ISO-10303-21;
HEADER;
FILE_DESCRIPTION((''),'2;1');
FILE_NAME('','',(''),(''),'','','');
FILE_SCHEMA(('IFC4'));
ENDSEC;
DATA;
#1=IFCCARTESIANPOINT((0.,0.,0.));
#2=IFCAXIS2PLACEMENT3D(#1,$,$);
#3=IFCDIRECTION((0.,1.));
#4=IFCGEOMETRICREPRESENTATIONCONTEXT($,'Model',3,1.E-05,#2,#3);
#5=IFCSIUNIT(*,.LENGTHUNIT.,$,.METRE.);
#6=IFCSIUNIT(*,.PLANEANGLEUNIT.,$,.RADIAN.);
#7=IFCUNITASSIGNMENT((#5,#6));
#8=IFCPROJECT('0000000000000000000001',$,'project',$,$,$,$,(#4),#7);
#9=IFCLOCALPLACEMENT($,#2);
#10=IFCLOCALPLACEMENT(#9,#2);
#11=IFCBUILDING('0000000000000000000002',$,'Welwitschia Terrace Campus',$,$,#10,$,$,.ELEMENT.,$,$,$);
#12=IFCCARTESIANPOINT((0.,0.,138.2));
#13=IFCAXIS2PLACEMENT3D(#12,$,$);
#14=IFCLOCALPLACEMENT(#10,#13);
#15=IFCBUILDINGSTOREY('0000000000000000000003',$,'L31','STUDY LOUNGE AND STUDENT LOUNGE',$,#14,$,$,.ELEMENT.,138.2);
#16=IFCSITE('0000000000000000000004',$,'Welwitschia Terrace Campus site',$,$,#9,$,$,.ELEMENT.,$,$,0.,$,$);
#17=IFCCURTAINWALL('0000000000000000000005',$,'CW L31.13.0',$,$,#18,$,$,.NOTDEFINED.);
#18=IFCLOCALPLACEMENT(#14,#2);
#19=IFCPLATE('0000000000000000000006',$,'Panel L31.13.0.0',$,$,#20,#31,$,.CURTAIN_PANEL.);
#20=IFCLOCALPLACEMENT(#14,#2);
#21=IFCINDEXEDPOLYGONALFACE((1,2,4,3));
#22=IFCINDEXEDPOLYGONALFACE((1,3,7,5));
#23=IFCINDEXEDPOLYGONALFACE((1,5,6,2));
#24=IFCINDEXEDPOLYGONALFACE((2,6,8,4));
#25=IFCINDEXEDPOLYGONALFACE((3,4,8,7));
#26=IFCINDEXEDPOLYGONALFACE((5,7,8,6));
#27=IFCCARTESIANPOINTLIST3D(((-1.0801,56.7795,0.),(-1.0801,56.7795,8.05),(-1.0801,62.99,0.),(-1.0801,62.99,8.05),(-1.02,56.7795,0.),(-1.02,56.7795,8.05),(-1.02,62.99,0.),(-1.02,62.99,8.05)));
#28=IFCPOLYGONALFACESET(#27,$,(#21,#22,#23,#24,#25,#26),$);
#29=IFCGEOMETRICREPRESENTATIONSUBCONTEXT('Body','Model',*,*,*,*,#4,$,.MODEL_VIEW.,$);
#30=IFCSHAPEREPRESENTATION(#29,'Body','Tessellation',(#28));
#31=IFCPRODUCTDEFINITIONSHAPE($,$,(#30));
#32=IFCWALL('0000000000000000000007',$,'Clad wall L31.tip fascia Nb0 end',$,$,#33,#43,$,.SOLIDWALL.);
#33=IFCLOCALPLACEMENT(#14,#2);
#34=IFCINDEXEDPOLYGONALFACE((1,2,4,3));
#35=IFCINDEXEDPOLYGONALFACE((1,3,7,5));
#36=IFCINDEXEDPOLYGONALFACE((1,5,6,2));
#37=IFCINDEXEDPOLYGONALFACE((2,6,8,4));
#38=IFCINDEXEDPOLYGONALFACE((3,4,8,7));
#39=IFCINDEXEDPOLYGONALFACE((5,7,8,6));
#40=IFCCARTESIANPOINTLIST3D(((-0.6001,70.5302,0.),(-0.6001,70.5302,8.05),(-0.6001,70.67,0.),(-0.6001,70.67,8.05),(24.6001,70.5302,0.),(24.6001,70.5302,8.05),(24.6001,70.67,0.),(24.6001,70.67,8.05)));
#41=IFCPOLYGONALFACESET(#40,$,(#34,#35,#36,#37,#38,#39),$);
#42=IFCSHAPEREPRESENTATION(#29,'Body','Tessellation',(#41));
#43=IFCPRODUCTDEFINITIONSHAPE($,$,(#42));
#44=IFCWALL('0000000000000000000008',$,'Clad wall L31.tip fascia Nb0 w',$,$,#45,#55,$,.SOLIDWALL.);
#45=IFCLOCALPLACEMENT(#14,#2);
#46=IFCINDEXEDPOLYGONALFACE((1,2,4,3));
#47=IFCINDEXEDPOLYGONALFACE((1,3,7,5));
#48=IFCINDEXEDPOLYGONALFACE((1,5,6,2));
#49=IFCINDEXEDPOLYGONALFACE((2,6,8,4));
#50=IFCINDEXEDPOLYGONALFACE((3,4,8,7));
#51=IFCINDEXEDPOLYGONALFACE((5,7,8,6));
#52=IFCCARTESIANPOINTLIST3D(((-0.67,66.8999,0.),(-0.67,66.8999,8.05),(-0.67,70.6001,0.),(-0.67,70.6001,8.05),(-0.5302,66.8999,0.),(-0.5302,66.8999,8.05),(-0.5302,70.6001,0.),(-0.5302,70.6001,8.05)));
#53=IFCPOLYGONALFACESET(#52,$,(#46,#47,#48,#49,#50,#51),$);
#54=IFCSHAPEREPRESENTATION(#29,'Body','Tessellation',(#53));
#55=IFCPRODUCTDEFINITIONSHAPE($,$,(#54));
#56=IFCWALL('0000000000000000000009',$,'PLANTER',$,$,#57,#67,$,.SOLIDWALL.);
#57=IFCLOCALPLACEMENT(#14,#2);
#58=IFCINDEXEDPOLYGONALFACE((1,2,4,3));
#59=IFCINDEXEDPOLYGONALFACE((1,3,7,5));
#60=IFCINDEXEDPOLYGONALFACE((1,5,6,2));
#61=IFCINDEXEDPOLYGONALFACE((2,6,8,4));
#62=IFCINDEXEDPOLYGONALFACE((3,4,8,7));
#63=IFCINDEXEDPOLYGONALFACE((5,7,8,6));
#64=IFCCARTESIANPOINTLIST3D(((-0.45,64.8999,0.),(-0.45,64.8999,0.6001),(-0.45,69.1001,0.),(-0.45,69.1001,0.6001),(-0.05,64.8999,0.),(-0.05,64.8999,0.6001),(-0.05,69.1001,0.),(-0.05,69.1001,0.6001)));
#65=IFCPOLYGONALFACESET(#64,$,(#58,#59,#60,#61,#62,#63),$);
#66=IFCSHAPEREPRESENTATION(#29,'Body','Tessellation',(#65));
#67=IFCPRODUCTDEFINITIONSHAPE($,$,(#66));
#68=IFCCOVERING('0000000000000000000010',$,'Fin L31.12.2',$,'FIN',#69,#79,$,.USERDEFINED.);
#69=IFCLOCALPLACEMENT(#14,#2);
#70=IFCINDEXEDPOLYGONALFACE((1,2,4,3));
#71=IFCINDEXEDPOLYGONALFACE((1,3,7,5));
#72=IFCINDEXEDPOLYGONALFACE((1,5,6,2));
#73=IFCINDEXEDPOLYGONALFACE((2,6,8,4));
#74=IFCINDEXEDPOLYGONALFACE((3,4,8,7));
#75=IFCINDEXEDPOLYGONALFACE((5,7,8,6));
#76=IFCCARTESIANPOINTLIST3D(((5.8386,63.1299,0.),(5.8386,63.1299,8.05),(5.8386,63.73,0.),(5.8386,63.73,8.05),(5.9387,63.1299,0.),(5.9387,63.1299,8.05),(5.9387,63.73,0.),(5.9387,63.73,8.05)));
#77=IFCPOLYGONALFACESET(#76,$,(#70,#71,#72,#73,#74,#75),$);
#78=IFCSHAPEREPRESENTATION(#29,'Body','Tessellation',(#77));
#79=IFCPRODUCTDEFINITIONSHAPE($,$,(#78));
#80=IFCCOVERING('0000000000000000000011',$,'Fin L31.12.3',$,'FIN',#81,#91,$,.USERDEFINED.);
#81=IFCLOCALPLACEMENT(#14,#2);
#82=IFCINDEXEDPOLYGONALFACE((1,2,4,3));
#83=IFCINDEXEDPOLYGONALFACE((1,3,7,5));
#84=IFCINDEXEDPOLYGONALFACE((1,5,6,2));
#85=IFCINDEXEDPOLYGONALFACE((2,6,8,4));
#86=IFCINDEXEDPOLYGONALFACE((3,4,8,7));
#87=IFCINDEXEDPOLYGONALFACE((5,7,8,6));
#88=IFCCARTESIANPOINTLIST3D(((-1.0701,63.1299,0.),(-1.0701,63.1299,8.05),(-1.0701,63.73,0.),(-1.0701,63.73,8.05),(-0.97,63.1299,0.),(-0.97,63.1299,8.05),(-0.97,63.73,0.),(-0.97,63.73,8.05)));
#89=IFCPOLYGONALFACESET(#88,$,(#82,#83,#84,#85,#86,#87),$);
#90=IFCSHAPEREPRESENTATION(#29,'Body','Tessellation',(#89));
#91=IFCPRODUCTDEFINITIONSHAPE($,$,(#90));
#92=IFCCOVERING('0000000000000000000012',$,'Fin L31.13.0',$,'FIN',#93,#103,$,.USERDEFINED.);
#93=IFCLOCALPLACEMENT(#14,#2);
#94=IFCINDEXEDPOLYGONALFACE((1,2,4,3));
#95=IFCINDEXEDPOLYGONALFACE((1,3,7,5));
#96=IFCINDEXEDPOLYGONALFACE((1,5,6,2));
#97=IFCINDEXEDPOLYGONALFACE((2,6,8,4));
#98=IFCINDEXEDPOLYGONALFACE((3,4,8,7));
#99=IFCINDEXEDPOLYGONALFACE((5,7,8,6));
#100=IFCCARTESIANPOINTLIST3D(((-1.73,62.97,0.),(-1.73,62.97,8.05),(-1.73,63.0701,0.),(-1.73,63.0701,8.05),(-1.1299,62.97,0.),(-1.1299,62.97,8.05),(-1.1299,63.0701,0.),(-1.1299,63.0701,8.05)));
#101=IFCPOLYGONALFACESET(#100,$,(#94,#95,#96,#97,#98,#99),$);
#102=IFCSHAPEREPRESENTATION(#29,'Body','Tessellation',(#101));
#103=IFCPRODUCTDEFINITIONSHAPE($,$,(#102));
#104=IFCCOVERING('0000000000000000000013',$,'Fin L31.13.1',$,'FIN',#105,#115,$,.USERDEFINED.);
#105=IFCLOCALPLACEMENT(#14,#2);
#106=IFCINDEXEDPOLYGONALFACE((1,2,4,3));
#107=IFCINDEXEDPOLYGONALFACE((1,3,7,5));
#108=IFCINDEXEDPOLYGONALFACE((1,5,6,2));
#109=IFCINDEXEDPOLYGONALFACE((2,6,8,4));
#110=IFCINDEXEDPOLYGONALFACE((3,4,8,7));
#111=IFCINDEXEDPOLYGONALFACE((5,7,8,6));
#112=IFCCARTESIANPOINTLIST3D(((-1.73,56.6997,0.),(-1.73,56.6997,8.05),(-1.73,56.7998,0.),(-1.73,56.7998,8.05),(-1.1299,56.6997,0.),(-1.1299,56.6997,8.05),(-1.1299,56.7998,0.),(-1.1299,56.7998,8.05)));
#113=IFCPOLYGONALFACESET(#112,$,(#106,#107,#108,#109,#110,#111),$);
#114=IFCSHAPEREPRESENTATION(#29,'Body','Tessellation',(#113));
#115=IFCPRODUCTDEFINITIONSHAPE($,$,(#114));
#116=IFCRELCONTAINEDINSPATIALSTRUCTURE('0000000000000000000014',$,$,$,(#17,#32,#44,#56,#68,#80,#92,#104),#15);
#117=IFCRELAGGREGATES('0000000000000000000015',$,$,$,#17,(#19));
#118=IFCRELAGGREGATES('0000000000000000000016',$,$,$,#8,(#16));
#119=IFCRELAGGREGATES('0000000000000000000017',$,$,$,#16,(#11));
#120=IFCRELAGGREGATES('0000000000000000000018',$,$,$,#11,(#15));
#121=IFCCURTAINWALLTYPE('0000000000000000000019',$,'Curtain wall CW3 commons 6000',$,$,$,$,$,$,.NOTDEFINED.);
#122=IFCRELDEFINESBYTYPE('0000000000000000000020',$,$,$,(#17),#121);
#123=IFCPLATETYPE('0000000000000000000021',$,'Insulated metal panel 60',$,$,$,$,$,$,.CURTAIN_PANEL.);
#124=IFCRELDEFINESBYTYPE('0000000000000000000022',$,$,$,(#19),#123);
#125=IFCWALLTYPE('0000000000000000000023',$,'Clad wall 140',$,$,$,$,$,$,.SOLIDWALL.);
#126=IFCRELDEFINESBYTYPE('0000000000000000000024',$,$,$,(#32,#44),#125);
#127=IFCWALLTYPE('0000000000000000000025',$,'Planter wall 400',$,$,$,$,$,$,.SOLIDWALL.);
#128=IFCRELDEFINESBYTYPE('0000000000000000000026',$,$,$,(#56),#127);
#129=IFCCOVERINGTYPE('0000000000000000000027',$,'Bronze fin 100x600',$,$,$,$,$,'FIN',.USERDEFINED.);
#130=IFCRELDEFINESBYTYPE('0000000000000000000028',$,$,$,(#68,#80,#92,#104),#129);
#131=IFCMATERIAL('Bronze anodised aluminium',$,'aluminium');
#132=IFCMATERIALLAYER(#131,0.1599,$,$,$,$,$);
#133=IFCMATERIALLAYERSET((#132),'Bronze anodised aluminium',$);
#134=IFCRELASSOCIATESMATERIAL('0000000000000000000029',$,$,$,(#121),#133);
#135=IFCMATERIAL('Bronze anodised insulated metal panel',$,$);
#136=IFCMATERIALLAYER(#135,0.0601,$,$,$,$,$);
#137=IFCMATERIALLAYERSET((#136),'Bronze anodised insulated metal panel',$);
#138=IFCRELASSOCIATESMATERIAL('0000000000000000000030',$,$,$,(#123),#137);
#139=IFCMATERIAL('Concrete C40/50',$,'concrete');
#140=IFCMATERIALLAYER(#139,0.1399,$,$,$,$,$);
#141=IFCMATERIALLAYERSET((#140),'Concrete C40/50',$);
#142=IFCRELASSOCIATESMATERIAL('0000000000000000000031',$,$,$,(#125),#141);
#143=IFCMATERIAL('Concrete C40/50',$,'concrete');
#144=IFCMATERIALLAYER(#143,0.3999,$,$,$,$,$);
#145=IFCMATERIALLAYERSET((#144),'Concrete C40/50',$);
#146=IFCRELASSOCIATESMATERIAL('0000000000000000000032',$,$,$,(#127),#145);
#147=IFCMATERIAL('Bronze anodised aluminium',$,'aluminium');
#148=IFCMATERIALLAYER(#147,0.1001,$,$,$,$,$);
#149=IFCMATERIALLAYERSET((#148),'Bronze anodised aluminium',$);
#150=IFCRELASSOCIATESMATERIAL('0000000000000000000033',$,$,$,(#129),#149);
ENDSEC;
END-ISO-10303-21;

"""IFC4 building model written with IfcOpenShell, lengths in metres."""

from ifc_helpers import new_model, si_unit, direction, frame, frame_2d, origin, origin_2d, place, context, subcontext, project, spatial, rectangle, extrude, material, layer, layer_set, type_object, element, aggregate, save


model = new_model("IFC4")

# Units and contexts
model_context = context("Model", 3, precision=1e-05, world=origin(), true_north=direction((0.0, 1.0)))
body_context = subcontext(model_context, "Body", "Model", "MODEL_VIEW")
ifc_project = project(units=[si_unit("LENGTHUNIT", "METRE"), si_unit("PLANEANGLEUNIT", "RADIAN")], contexts=[model_context])

# Site, building, storey
site_placement = place(None, origin())
site = spatial("IfcSite", under=ifc_project, at=site_placement, Name="Welwitschia Terrace Campus site", CompositionType="ELEMENT", RefElevation=0.0)
building_placement = place(site_placement, origin())
building = spatial("IfcBuilding", under=site, at=building_placement, Name="Welwitschia Terrace Campus", CompositionType="ELEMENT")
storey_placement = place(building_placement, frame((0.0, 0.0, 138.2)))
storey = spatial("IfcBuildingStorey", under=building, at=storey_placement, Name="L31", Description="STUDY LOUNGE AND STUDENT LOUNGE", CompositionType="ELEMENT", Elevation=138.2)

# Curtain wall
ifc_material_1 = material(Name="Bronze anodised aluminium", Category="aluminium")
ifc_layer_1 = layer(ifc_material_1, 0.1599)
ifc_layer_set_1 = layer_set([ifc_layer_1], Name="Bronze anodised aluminium")
curtain_wall_type = type_object("IfcCurtainWallType", Name="Curtain wall CW3 commons 6000", PredefinedType="NOTDEFINED", material=ifc_layer_set_1)
curtain_wall_1_placement = place(storey_placement, origin())
curtain_wall_1 = element("IfcCurtainWall", 1, at=curtain_wall_1_placement, inside=storey, type_object=curtain_wall_type, Name="CW L31.13.0", PredefinedType="NOTDEFINED")

# Plate
ifc_material_2 = material(Name="Bronze anodised insulated metal panel")
ifc_layer_2 = layer(ifc_material_2, 0.0601)
ifc_layer_set_2 = layer_set([ifc_layer_2], Name="Bronze anodised insulated metal panel")
plate_type = type_object("IfcPlateType", Name="Insulated metal panel 60", PredefinedType="CURTAIN_PANEL", material=ifc_layer_set_2)
plate_1_placement = place(storey_placement, frame((-1.05, 59.8848, 0.0), z_axis=(0.0, 0.0, 1.0), x_axis=(0.0, -1.0, 0.0)))
plate_1 = element("IfcPlate", 2, at=plate_1_placement, type_object=plate_type, Name="Panel L31.13.0.0", PredefinedType="CURTAIN_PANEL", context=body_context, shape_type="SweptSolid", body=[
    extrude(rectangle(XDim=6.2104, YDim=0.0601, at=origin_2d()), origin(), (0.0, 0.0, 1.0), 8.05),
])
aggregate(curtain_wall_1, [plate_1])

# Walls
ifc_material_3 = material(Name="Concrete C40/50", Category="concrete")
ifc_layer_3 = layer(ifc_material_3, 0.1399)
ifc_layer_set_3 = layer_set([ifc_layer_3], Name="Concrete C40/50")
wall_type_1 = type_object("IfcWallType", Name="Clad wall 140", PredefinedType="SOLIDWALL", material=ifc_layer_set_3)
wall_1_placement = place(storey_placement, frame((-0.6001, 70.6001, 0.0), z_axis=(0.0, 0.0, 1.0), x_axis=(1.0, 0.0, 0.0)))
element("IfcWall", 3, at=wall_1_placement, inside=storey, type_object=wall_type_1, Name="Clad wall L31.tip fascia Nb0 end", PredefinedType="SOLIDWALL", context=body_context, shape_type="SweptSolid", body=[
    extrude(rectangle(XDim=25.2002, YDim=0.1399, at=frame_2d((12.6001, 0.0))), origin(), (0.0, 0.0, 1.0), 8.05),
])
wall_2_placement = place(storey_placement, frame((-0.6001, 66.8999, 0.0), z_axis=(0.0, 0.0, 1.0), x_axis=(0.0, 1.0, 0.0)))
element("IfcWall", 4, at=wall_2_placement, inside=storey, type_object=wall_type_1, Name="Clad wall L31.tip fascia Nb0 w", PredefinedType="SOLIDWALL", context=body_context, shape_type="SweptSolid", body=[
    extrude(rectangle(XDim=3.7002, YDim=0.1399, at=frame_2d((1.8501, 0.0))), origin(), (0.0, 0.0, 1.0), 8.05),
])
ifc_material_4 = material(Name="Concrete C40/50", Category="concrete")
ifc_layer_4 = layer(ifc_material_4, 0.3999)
ifc_layer_set_4 = layer_set([ifc_layer_4], Name="Concrete C40/50")
wall_type_2 = type_object("IfcWallType", Name="Planter wall 400", PredefinedType="SOLIDWALL", material=ifc_layer_set_4)
wall_3_placement = place(storey_placement, frame((-0.25, 64.8999, 0.0), z_axis=(0.0, 0.0, 1.0), x_axis=(0.0, 1.0, 0.0)))
element("IfcWall", 5, at=wall_3_placement, inside=storey, type_object=wall_type_2, Name="PLANTER", PredefinedType="SOLIDWALL", context=body_context, shape_type="SweptSolid", body=[
    extrude(rectangle(XDim=4.2002, YDim=0.3999, at=frame_2d((2.1001, 0.0))), origin(), (0.0, 0.0, 1.0), 0.6001),
])

# Coverings
ifc_material_5 = material(Name="Bronze anodised aluminium", Category="aluminium")
ifc_layer_5 = layer(ifc_material_5, 0.1001)
ifc_layer_set_5 = layer_set([ifc_layer_5], Name="Bronze anodised aluminium")
covering_type = type_object("IfcCoveringType", Name="Bronze fin 100x600", ElementType="FIN", PredefinedType="USERDEFINED", material=ifc_layer_set_5)
for number, where, z_axis, x_axis, name in (
    (6, (5.8887, 63.4299, 0.0), (0.0, 0.0, 1.0), (-1.0, 0.0, 0.0), "Fin L31.12.2"),
    (7, (-1.02, 63.4299, 0.0), (0.0, 0.0, 1.0), (-1.0, 0.0, 0.0), "Fin L31.12.3"),
    (8, (-1.4299, 63.02, 0.0), (0.0, 0.0, 1.0), (0.0, -1.0, 0.0), "Fin L31.13.0"),
    (9, (-1.4299, 56.7498, 0.0), (0.0, 0.0, 1.0), (0.0, -1.0, 0.0), "Fin L31.13.1"),
):
    element("IfcCovering", number, at=place(storey_placement, frame(where, z_axis=z_axis, x_axis=x_axis)), inside=storey, type_object=covering_type, Name=name, ObjectType="FIN", PredefinedType="USERDEFINED", context=body_context, shape_type="SweptSolid", body=[
        extrude(rectangle(XDim=0.1001, YDim=0.6001, at=origin_2d()), origin(), (0.0, 0.0, 1.0), 8.05),
    ])

save(model, "model.ifc")
